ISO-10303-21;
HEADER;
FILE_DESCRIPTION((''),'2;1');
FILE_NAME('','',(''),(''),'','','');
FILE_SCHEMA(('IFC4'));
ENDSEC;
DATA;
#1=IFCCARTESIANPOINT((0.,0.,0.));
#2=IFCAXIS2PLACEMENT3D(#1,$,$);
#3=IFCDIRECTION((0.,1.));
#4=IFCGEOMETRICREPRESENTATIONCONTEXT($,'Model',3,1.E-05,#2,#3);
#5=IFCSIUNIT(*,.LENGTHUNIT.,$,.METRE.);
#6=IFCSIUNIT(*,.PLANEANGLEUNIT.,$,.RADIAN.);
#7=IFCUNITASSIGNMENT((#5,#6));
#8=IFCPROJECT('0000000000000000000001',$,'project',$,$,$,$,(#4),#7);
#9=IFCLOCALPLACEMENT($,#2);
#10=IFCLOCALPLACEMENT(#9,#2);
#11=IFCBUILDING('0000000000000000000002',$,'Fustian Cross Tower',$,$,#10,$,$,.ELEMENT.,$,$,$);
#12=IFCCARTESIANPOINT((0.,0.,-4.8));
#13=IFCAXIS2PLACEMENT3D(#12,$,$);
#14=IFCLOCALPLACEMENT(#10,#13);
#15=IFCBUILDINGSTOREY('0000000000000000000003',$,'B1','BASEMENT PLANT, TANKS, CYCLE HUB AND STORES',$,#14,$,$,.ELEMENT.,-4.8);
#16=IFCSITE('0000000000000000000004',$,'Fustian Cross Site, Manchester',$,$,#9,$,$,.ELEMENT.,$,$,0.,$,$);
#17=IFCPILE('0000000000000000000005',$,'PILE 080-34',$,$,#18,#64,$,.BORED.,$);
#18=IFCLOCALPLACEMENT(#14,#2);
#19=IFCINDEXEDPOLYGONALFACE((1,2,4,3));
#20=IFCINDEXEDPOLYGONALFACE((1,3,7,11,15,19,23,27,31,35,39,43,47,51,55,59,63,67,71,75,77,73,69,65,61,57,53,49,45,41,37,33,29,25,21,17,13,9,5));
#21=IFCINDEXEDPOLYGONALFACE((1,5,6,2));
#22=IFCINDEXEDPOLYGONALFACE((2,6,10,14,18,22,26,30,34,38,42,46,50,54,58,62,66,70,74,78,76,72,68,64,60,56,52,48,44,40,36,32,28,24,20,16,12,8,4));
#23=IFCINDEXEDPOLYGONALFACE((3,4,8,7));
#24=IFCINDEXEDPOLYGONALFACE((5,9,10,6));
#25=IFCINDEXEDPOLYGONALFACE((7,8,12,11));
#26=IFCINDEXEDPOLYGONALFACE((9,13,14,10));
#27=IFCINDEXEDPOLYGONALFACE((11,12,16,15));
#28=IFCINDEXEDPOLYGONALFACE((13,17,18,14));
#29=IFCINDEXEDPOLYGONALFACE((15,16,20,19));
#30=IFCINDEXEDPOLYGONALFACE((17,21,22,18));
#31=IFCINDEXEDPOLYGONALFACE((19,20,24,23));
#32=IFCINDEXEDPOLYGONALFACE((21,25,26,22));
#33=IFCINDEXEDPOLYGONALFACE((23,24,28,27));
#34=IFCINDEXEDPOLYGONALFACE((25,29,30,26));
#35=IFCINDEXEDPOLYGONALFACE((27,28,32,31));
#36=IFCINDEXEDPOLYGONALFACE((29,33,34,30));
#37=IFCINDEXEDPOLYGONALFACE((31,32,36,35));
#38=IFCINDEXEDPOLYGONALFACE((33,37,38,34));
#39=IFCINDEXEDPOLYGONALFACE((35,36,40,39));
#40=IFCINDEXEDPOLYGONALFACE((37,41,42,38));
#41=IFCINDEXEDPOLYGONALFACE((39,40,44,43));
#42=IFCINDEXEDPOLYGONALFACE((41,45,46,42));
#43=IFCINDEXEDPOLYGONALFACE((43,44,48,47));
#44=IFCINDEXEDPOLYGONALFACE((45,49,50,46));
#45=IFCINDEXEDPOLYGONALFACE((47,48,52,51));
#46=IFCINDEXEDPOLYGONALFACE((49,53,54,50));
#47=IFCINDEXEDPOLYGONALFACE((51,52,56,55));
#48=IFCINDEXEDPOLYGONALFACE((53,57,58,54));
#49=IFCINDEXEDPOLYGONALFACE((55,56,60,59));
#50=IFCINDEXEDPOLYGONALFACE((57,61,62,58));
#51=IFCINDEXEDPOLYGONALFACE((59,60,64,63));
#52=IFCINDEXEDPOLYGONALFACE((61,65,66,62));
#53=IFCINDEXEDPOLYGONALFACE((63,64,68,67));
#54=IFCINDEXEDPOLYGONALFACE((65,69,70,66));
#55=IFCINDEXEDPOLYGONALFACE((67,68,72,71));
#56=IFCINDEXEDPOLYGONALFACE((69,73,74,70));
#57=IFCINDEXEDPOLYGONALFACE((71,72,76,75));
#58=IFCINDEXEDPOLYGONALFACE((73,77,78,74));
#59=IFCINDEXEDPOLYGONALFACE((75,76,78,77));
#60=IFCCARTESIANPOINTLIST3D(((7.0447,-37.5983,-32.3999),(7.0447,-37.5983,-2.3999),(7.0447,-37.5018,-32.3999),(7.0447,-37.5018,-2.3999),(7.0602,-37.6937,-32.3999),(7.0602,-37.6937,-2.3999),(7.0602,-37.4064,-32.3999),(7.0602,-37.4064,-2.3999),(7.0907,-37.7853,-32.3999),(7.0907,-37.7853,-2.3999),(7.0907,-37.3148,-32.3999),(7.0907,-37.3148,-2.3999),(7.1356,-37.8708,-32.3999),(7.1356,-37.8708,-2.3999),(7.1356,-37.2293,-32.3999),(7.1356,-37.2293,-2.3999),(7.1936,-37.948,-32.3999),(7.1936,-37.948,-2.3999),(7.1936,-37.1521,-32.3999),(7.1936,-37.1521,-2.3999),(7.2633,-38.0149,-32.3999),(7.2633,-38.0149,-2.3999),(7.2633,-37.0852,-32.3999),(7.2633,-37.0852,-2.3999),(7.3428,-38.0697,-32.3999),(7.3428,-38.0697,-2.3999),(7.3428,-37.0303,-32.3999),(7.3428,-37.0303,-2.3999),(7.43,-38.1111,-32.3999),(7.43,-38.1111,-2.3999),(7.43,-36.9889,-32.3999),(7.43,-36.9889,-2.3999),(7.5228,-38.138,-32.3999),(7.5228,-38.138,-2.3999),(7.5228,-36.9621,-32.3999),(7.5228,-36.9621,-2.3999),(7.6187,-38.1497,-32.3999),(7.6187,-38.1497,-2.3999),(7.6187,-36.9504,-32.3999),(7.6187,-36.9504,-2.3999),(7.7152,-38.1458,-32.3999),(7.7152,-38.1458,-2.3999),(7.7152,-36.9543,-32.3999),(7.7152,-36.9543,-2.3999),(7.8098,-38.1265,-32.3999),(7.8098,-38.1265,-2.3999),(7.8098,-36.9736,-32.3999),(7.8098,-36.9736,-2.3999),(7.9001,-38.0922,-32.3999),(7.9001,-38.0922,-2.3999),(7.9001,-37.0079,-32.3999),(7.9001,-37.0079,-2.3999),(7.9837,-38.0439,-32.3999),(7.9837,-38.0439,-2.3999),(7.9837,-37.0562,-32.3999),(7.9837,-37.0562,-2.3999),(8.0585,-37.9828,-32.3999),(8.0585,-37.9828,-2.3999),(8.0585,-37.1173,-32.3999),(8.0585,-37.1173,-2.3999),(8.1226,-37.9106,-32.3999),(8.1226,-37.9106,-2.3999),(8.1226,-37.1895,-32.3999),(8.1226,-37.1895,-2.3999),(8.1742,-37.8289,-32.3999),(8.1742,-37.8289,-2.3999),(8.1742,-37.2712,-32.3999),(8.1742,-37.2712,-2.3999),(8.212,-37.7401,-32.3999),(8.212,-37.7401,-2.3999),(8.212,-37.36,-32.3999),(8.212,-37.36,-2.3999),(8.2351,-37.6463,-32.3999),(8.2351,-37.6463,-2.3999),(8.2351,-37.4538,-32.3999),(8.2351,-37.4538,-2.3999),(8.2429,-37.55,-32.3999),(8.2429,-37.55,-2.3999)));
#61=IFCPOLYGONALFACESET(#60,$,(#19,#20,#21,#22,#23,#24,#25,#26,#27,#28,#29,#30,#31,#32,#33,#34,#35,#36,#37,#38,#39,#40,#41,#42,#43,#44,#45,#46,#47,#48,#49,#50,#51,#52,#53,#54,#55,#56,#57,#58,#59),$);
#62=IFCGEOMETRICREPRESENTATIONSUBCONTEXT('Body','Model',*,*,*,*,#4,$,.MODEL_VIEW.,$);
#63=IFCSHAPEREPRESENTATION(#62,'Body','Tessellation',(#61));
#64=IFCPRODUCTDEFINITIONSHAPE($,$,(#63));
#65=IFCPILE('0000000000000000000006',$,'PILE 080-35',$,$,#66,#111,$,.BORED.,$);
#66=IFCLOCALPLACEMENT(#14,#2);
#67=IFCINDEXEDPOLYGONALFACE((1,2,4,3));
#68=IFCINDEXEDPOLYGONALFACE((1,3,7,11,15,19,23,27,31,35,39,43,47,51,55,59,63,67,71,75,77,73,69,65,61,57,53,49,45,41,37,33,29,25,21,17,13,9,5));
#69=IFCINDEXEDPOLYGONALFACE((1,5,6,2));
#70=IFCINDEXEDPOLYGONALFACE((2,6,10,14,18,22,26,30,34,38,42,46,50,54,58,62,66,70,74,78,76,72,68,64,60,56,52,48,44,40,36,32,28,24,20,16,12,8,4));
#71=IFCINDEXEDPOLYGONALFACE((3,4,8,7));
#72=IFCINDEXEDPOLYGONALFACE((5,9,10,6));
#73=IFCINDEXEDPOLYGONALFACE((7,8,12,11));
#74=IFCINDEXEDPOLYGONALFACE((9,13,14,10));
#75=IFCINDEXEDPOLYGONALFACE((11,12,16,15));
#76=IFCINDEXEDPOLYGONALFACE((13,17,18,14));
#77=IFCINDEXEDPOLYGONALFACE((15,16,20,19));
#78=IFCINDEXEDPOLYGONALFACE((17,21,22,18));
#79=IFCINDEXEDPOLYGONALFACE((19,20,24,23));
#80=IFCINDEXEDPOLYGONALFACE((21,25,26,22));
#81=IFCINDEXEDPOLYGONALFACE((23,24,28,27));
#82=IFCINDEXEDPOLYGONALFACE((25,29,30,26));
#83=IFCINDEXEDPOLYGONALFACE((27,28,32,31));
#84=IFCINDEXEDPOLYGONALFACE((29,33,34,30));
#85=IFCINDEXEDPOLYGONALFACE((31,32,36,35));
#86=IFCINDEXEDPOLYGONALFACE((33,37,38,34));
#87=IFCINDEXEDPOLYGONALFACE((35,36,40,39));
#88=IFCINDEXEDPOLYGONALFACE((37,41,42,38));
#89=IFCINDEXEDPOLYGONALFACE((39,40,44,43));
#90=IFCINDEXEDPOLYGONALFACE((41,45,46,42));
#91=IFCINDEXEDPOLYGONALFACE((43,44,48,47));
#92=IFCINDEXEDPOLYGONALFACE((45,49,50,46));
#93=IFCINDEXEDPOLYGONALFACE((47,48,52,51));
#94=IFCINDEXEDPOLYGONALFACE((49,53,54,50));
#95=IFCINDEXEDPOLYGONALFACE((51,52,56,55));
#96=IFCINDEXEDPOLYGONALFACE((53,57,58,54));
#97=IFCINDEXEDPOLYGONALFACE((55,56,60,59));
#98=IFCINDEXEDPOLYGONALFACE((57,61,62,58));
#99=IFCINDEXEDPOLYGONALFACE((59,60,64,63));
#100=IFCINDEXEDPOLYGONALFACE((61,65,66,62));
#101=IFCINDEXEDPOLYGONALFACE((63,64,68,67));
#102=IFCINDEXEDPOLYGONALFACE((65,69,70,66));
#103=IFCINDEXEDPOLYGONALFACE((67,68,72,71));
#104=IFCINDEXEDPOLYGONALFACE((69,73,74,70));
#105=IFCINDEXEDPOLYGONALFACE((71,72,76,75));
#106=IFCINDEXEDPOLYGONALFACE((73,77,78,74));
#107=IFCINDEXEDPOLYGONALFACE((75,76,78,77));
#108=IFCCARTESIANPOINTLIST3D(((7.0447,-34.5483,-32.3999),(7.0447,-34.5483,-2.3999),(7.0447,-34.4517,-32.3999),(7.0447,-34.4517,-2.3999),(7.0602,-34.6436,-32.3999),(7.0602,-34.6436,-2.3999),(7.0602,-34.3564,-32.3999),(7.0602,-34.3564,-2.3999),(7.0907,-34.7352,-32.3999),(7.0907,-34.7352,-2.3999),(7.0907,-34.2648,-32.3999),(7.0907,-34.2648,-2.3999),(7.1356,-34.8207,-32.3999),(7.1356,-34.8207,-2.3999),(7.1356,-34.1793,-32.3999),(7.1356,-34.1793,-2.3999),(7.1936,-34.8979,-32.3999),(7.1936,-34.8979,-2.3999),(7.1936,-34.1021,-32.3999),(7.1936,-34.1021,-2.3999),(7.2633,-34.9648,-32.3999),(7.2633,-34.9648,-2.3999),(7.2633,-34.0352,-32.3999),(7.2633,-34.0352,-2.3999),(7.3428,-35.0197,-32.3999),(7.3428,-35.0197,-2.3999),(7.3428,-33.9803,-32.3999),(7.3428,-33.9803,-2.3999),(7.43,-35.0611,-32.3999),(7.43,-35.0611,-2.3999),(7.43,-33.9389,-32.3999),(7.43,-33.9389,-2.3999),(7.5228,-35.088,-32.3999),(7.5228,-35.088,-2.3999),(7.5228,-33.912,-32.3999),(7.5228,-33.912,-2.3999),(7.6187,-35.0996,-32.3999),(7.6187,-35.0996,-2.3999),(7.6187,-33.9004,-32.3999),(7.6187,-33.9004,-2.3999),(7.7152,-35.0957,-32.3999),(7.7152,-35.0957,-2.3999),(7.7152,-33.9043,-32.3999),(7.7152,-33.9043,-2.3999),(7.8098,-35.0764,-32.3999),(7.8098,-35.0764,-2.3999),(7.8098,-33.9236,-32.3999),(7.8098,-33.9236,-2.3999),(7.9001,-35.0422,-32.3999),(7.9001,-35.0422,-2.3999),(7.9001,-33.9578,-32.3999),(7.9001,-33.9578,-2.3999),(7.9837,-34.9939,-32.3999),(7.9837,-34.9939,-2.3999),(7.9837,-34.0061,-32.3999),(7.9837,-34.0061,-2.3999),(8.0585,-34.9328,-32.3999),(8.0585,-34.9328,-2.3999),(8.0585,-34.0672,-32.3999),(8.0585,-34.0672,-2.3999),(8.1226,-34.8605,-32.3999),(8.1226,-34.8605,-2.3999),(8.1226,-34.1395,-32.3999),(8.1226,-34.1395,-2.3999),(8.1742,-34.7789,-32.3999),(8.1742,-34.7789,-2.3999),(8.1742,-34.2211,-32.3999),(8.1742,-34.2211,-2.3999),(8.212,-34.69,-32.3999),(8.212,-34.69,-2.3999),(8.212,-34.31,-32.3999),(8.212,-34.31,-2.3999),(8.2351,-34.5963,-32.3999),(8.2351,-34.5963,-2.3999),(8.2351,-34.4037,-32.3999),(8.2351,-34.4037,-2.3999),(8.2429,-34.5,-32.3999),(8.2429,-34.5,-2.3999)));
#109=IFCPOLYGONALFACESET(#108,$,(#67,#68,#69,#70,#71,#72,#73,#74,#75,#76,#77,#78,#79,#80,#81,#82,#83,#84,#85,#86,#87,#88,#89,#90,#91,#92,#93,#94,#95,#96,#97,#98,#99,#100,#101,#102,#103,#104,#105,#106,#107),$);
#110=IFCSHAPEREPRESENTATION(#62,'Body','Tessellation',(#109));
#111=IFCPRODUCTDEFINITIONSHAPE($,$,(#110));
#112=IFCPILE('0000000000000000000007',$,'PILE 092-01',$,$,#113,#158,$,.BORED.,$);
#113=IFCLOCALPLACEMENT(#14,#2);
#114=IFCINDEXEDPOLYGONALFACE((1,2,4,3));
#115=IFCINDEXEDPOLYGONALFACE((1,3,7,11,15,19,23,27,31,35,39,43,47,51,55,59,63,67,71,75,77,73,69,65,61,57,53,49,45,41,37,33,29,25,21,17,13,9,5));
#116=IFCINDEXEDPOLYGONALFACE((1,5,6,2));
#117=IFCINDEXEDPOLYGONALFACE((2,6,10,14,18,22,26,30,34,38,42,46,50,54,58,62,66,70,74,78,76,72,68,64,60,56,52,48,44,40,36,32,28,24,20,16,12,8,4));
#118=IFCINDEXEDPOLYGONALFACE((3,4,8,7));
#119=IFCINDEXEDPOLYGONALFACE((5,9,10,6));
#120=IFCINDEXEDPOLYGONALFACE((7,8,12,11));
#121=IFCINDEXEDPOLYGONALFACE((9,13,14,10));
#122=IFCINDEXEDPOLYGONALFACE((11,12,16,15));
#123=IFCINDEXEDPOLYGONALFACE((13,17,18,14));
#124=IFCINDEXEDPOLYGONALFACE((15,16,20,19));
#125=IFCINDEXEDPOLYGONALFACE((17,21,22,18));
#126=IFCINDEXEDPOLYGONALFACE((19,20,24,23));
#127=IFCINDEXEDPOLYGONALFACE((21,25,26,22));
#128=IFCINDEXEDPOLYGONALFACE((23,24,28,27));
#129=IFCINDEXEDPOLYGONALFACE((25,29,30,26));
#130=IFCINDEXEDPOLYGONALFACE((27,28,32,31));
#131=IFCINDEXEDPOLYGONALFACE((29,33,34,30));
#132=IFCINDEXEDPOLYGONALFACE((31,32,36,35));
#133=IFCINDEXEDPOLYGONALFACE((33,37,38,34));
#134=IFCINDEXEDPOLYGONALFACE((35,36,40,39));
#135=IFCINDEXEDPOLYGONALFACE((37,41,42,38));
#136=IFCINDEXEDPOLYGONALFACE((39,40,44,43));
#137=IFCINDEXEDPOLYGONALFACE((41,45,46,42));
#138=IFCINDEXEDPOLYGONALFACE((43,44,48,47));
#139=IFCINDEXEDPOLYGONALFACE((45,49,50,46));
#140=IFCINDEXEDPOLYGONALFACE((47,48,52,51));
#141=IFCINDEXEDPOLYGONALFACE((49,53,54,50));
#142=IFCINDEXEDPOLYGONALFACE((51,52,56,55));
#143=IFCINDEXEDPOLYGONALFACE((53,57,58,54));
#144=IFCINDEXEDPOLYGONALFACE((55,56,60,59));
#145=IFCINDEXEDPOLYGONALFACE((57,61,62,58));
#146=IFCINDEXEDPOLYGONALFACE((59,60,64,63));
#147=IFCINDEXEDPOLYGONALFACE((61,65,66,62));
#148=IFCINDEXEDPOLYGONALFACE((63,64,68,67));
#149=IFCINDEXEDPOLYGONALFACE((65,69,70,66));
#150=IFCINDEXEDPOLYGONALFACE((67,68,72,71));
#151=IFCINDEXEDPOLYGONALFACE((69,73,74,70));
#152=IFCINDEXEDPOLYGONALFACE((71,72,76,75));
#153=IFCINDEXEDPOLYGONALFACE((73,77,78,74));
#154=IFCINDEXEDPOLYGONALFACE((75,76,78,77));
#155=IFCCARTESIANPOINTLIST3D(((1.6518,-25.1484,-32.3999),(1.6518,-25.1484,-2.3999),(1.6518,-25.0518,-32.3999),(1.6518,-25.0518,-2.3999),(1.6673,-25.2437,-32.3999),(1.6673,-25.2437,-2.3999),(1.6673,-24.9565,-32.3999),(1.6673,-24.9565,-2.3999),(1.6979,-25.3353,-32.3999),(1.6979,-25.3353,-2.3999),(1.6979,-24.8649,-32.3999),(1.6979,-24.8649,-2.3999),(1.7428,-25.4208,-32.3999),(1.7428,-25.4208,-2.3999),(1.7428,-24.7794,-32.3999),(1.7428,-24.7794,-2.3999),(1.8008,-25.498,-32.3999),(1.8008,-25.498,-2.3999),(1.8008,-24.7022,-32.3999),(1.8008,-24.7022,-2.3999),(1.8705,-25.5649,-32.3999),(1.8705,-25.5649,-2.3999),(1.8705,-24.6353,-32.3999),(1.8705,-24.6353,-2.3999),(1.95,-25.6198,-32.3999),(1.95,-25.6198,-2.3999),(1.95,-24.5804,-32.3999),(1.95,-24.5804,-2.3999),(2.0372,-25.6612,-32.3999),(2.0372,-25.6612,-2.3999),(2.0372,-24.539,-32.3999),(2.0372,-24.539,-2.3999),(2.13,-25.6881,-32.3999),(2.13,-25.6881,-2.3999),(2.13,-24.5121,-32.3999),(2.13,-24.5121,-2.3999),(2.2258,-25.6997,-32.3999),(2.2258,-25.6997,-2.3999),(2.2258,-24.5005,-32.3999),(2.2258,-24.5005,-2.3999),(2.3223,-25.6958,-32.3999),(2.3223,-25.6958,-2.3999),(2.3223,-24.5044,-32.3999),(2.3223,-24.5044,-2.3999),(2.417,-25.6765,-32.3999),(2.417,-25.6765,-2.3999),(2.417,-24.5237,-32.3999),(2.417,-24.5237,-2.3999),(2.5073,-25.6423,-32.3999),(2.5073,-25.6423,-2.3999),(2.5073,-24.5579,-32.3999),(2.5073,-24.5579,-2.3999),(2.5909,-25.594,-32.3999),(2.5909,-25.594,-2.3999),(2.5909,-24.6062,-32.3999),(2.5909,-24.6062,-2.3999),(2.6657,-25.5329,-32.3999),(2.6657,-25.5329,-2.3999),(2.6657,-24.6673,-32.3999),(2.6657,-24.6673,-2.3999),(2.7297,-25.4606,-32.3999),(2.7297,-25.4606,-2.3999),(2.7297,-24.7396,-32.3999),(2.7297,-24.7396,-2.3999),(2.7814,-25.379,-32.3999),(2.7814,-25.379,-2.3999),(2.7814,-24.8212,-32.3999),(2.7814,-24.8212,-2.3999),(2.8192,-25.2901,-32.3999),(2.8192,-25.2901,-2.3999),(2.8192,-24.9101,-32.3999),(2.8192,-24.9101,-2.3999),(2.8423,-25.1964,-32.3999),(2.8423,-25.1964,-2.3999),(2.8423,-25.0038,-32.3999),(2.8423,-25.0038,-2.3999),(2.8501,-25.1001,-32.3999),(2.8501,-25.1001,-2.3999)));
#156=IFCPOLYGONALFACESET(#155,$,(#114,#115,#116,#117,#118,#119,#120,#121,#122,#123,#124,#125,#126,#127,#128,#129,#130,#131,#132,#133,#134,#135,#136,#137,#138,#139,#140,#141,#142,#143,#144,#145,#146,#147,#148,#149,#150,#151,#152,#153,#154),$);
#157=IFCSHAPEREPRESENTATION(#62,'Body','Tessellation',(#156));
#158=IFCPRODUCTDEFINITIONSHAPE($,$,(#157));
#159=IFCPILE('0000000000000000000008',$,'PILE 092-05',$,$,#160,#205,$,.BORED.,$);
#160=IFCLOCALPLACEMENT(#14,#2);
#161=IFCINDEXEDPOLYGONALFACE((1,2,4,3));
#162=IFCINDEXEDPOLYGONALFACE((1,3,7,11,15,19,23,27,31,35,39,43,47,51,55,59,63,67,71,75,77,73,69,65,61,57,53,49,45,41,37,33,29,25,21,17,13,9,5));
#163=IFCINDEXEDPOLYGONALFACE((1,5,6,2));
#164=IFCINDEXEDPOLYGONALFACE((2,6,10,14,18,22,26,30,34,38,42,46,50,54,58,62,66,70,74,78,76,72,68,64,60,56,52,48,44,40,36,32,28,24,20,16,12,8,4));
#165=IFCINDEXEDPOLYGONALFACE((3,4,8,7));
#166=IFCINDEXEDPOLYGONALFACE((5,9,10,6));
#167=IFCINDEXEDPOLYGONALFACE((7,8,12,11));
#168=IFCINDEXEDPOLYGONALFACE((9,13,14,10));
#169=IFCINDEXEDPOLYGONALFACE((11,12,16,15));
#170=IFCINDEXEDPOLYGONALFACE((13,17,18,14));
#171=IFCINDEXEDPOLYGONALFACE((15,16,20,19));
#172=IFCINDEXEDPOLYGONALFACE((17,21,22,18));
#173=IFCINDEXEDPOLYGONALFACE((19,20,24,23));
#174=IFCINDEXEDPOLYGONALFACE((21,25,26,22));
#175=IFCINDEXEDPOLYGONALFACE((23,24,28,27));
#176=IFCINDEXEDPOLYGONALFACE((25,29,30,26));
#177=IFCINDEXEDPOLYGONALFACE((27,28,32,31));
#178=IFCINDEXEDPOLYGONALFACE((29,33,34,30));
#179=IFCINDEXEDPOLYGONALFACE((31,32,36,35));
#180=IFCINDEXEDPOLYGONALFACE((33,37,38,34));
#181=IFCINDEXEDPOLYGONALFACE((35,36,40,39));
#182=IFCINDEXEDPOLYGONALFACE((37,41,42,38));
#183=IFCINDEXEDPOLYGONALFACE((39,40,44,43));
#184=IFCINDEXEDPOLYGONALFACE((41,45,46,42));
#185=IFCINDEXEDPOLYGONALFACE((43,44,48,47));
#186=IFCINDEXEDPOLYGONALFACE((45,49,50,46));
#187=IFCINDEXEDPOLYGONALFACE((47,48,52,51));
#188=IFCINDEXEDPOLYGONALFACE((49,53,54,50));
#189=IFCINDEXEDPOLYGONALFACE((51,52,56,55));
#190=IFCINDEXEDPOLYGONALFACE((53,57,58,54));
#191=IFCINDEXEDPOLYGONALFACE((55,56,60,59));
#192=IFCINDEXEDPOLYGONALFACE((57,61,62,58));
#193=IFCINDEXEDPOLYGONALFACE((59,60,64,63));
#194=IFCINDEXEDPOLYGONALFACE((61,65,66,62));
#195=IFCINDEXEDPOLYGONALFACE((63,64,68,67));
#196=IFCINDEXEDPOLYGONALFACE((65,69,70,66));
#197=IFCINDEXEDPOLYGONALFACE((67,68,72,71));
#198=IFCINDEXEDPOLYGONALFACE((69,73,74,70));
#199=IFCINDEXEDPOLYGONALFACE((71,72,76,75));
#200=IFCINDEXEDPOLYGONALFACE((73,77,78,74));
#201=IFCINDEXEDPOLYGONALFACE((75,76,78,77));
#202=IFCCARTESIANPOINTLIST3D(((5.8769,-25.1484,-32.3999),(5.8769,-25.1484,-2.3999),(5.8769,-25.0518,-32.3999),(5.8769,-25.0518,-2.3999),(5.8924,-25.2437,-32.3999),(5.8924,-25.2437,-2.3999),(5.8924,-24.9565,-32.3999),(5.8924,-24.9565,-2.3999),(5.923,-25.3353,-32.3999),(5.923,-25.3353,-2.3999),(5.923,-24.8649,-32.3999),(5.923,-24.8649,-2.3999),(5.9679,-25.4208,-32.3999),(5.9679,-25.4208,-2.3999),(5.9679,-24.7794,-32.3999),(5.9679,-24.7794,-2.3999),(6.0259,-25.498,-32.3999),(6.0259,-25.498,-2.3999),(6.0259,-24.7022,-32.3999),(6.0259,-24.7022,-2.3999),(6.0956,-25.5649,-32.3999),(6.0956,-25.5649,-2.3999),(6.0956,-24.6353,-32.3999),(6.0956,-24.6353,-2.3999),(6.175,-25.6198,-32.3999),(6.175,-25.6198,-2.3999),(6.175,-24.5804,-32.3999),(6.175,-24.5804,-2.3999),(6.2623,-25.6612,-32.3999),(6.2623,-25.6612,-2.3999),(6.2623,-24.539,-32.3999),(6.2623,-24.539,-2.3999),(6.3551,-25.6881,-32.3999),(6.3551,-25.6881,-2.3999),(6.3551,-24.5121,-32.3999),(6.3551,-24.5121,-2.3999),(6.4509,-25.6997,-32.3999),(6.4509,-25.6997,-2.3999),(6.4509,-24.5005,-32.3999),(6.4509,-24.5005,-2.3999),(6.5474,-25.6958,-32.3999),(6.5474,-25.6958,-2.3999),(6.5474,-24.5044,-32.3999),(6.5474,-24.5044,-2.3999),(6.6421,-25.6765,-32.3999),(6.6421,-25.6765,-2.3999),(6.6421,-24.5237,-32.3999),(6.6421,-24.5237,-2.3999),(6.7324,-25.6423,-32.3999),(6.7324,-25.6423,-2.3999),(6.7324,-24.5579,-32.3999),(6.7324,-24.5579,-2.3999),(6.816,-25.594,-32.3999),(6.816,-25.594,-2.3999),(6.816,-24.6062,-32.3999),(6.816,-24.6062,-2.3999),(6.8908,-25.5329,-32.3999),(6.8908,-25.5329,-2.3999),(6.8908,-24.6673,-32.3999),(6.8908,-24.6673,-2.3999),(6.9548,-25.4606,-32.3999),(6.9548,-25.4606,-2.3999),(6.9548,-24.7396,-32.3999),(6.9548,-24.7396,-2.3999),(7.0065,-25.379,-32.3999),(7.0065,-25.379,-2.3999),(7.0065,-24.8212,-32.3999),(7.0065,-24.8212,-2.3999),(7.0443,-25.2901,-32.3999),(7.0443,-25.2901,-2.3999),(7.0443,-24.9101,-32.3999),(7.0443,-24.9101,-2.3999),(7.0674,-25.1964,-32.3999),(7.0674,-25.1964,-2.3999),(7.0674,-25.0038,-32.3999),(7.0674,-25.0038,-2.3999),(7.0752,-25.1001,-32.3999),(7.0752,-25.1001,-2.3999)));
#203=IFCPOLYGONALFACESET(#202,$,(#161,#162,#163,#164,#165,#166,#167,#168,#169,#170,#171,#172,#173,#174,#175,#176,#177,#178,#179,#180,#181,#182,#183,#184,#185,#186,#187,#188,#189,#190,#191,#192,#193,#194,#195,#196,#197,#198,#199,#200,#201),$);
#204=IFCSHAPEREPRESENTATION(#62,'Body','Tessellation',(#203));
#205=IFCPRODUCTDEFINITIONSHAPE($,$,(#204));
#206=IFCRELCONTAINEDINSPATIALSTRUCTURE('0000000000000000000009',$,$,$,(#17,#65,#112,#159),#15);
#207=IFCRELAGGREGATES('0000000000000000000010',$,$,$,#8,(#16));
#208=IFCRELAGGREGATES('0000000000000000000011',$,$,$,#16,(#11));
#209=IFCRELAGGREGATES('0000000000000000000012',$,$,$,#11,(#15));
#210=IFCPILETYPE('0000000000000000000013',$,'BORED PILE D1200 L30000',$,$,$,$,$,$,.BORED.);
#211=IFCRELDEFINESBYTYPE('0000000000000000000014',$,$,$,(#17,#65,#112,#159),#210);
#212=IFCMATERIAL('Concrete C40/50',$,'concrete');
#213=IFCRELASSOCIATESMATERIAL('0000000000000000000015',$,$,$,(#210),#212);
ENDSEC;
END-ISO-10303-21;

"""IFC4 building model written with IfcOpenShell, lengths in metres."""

from ifc_helpers import new_model, si_unit, direction, frame, origin, origin_2d, place, context, subcontext, project, spatial, circle, extrude, material, material_profile, profile_set, type_object, element, save


model = new_model("IFC4")

# Units and contexts
model_context = context("Model", 3, precision=1e-05, world=origin(), true_north=direction((0.0, 1.0)))
body_context = subcontext(model_context, "Body", "Model", "MODEL_VIEW")
ifc_project = project(units=[si_unit("LENGTHUNIT", "METRE"), si_unit("PLANEANGLEUNIT", "RADIAN")], contexts=[model_context])

# Site, building, storey
site_placement = place(None, origin())
site = spatial("IfcSite", under=ifc_project, at=site_placement, Name="Fustian Cross Site, Manchester", CompositionType="ELEMENT", RefElevation=0.0)
building_placement = place(site_placement, origin())
building = spatial("IfcBuilding", under=site, at=building_placement, Name="Fustian Cross Tower", CompositionType="ELEMENT")
storey_placement = place(building_placement, frame((0.0, 0.0, -4.8)))
storey = spatial("IfcBuildingStorey", under=building, at=storey_placement, Name="B1", Description="BASEMENT PLANT, TANKS, CYCLE HUB AND STORES", CompositionType="ELEMENT", Elevation=-4.8)

# Piles
ifc_material_1 = material(Name="Concrete C40/50", Category="concrete")
ifc_material_profile_1 = material_profile(ifc_material_1, circle(Radius=0.6001, at=origin_2d()), Name="BORED PILE D1200 L30000")
ifc_profile_set_1 = profile_set([ifc_material_profile_1], Name="Concrete C40/50")
pile_type = type_object("IfcPileType", Name="BORED PILE D1200 L30000", PredefinedType="BORED", material=ifc_profile_set_1)
for number, where, z_axis, x_axis, name in (
    (1, (7.6428, -37.55, -2.3999), (0.0, 0.0, -1.0), (1.0, 0.0, 0.0), "PILE 080-34"),
    (2, (7.6428, -34.5, -2.3999), (0.0, 0.0, -1.0), (1.0, 0.0, 0.0), "PILE 080-35"),
    (3, (2.25, -25.1001, -2.3999), (0.0, 0.0, -1.0), (1.0, 0.0, 0.0), "PILE 092-01"),
    (4, (6.4751, -25.1001, -2.3999), (0.0, 0.0, -1.0), (1.0, 0.0, 0.0), "PILE 092-05"),
):
    element("IfcPile", number, at=place(storey_placement, frame(where, z_axis=z_axis, x_axis=x_axis)), inside=storey, type_object=pile_type, Name=name, PredefinedType="BORED", context=body_context, shape_type="SweptSolid", body=[
        extrude(circle(Radius=0.6001, at=origin_2d()), origin(), (0.0, 0.0, 1.0), 30.0),
    ])

save(model, "model.ifc")
